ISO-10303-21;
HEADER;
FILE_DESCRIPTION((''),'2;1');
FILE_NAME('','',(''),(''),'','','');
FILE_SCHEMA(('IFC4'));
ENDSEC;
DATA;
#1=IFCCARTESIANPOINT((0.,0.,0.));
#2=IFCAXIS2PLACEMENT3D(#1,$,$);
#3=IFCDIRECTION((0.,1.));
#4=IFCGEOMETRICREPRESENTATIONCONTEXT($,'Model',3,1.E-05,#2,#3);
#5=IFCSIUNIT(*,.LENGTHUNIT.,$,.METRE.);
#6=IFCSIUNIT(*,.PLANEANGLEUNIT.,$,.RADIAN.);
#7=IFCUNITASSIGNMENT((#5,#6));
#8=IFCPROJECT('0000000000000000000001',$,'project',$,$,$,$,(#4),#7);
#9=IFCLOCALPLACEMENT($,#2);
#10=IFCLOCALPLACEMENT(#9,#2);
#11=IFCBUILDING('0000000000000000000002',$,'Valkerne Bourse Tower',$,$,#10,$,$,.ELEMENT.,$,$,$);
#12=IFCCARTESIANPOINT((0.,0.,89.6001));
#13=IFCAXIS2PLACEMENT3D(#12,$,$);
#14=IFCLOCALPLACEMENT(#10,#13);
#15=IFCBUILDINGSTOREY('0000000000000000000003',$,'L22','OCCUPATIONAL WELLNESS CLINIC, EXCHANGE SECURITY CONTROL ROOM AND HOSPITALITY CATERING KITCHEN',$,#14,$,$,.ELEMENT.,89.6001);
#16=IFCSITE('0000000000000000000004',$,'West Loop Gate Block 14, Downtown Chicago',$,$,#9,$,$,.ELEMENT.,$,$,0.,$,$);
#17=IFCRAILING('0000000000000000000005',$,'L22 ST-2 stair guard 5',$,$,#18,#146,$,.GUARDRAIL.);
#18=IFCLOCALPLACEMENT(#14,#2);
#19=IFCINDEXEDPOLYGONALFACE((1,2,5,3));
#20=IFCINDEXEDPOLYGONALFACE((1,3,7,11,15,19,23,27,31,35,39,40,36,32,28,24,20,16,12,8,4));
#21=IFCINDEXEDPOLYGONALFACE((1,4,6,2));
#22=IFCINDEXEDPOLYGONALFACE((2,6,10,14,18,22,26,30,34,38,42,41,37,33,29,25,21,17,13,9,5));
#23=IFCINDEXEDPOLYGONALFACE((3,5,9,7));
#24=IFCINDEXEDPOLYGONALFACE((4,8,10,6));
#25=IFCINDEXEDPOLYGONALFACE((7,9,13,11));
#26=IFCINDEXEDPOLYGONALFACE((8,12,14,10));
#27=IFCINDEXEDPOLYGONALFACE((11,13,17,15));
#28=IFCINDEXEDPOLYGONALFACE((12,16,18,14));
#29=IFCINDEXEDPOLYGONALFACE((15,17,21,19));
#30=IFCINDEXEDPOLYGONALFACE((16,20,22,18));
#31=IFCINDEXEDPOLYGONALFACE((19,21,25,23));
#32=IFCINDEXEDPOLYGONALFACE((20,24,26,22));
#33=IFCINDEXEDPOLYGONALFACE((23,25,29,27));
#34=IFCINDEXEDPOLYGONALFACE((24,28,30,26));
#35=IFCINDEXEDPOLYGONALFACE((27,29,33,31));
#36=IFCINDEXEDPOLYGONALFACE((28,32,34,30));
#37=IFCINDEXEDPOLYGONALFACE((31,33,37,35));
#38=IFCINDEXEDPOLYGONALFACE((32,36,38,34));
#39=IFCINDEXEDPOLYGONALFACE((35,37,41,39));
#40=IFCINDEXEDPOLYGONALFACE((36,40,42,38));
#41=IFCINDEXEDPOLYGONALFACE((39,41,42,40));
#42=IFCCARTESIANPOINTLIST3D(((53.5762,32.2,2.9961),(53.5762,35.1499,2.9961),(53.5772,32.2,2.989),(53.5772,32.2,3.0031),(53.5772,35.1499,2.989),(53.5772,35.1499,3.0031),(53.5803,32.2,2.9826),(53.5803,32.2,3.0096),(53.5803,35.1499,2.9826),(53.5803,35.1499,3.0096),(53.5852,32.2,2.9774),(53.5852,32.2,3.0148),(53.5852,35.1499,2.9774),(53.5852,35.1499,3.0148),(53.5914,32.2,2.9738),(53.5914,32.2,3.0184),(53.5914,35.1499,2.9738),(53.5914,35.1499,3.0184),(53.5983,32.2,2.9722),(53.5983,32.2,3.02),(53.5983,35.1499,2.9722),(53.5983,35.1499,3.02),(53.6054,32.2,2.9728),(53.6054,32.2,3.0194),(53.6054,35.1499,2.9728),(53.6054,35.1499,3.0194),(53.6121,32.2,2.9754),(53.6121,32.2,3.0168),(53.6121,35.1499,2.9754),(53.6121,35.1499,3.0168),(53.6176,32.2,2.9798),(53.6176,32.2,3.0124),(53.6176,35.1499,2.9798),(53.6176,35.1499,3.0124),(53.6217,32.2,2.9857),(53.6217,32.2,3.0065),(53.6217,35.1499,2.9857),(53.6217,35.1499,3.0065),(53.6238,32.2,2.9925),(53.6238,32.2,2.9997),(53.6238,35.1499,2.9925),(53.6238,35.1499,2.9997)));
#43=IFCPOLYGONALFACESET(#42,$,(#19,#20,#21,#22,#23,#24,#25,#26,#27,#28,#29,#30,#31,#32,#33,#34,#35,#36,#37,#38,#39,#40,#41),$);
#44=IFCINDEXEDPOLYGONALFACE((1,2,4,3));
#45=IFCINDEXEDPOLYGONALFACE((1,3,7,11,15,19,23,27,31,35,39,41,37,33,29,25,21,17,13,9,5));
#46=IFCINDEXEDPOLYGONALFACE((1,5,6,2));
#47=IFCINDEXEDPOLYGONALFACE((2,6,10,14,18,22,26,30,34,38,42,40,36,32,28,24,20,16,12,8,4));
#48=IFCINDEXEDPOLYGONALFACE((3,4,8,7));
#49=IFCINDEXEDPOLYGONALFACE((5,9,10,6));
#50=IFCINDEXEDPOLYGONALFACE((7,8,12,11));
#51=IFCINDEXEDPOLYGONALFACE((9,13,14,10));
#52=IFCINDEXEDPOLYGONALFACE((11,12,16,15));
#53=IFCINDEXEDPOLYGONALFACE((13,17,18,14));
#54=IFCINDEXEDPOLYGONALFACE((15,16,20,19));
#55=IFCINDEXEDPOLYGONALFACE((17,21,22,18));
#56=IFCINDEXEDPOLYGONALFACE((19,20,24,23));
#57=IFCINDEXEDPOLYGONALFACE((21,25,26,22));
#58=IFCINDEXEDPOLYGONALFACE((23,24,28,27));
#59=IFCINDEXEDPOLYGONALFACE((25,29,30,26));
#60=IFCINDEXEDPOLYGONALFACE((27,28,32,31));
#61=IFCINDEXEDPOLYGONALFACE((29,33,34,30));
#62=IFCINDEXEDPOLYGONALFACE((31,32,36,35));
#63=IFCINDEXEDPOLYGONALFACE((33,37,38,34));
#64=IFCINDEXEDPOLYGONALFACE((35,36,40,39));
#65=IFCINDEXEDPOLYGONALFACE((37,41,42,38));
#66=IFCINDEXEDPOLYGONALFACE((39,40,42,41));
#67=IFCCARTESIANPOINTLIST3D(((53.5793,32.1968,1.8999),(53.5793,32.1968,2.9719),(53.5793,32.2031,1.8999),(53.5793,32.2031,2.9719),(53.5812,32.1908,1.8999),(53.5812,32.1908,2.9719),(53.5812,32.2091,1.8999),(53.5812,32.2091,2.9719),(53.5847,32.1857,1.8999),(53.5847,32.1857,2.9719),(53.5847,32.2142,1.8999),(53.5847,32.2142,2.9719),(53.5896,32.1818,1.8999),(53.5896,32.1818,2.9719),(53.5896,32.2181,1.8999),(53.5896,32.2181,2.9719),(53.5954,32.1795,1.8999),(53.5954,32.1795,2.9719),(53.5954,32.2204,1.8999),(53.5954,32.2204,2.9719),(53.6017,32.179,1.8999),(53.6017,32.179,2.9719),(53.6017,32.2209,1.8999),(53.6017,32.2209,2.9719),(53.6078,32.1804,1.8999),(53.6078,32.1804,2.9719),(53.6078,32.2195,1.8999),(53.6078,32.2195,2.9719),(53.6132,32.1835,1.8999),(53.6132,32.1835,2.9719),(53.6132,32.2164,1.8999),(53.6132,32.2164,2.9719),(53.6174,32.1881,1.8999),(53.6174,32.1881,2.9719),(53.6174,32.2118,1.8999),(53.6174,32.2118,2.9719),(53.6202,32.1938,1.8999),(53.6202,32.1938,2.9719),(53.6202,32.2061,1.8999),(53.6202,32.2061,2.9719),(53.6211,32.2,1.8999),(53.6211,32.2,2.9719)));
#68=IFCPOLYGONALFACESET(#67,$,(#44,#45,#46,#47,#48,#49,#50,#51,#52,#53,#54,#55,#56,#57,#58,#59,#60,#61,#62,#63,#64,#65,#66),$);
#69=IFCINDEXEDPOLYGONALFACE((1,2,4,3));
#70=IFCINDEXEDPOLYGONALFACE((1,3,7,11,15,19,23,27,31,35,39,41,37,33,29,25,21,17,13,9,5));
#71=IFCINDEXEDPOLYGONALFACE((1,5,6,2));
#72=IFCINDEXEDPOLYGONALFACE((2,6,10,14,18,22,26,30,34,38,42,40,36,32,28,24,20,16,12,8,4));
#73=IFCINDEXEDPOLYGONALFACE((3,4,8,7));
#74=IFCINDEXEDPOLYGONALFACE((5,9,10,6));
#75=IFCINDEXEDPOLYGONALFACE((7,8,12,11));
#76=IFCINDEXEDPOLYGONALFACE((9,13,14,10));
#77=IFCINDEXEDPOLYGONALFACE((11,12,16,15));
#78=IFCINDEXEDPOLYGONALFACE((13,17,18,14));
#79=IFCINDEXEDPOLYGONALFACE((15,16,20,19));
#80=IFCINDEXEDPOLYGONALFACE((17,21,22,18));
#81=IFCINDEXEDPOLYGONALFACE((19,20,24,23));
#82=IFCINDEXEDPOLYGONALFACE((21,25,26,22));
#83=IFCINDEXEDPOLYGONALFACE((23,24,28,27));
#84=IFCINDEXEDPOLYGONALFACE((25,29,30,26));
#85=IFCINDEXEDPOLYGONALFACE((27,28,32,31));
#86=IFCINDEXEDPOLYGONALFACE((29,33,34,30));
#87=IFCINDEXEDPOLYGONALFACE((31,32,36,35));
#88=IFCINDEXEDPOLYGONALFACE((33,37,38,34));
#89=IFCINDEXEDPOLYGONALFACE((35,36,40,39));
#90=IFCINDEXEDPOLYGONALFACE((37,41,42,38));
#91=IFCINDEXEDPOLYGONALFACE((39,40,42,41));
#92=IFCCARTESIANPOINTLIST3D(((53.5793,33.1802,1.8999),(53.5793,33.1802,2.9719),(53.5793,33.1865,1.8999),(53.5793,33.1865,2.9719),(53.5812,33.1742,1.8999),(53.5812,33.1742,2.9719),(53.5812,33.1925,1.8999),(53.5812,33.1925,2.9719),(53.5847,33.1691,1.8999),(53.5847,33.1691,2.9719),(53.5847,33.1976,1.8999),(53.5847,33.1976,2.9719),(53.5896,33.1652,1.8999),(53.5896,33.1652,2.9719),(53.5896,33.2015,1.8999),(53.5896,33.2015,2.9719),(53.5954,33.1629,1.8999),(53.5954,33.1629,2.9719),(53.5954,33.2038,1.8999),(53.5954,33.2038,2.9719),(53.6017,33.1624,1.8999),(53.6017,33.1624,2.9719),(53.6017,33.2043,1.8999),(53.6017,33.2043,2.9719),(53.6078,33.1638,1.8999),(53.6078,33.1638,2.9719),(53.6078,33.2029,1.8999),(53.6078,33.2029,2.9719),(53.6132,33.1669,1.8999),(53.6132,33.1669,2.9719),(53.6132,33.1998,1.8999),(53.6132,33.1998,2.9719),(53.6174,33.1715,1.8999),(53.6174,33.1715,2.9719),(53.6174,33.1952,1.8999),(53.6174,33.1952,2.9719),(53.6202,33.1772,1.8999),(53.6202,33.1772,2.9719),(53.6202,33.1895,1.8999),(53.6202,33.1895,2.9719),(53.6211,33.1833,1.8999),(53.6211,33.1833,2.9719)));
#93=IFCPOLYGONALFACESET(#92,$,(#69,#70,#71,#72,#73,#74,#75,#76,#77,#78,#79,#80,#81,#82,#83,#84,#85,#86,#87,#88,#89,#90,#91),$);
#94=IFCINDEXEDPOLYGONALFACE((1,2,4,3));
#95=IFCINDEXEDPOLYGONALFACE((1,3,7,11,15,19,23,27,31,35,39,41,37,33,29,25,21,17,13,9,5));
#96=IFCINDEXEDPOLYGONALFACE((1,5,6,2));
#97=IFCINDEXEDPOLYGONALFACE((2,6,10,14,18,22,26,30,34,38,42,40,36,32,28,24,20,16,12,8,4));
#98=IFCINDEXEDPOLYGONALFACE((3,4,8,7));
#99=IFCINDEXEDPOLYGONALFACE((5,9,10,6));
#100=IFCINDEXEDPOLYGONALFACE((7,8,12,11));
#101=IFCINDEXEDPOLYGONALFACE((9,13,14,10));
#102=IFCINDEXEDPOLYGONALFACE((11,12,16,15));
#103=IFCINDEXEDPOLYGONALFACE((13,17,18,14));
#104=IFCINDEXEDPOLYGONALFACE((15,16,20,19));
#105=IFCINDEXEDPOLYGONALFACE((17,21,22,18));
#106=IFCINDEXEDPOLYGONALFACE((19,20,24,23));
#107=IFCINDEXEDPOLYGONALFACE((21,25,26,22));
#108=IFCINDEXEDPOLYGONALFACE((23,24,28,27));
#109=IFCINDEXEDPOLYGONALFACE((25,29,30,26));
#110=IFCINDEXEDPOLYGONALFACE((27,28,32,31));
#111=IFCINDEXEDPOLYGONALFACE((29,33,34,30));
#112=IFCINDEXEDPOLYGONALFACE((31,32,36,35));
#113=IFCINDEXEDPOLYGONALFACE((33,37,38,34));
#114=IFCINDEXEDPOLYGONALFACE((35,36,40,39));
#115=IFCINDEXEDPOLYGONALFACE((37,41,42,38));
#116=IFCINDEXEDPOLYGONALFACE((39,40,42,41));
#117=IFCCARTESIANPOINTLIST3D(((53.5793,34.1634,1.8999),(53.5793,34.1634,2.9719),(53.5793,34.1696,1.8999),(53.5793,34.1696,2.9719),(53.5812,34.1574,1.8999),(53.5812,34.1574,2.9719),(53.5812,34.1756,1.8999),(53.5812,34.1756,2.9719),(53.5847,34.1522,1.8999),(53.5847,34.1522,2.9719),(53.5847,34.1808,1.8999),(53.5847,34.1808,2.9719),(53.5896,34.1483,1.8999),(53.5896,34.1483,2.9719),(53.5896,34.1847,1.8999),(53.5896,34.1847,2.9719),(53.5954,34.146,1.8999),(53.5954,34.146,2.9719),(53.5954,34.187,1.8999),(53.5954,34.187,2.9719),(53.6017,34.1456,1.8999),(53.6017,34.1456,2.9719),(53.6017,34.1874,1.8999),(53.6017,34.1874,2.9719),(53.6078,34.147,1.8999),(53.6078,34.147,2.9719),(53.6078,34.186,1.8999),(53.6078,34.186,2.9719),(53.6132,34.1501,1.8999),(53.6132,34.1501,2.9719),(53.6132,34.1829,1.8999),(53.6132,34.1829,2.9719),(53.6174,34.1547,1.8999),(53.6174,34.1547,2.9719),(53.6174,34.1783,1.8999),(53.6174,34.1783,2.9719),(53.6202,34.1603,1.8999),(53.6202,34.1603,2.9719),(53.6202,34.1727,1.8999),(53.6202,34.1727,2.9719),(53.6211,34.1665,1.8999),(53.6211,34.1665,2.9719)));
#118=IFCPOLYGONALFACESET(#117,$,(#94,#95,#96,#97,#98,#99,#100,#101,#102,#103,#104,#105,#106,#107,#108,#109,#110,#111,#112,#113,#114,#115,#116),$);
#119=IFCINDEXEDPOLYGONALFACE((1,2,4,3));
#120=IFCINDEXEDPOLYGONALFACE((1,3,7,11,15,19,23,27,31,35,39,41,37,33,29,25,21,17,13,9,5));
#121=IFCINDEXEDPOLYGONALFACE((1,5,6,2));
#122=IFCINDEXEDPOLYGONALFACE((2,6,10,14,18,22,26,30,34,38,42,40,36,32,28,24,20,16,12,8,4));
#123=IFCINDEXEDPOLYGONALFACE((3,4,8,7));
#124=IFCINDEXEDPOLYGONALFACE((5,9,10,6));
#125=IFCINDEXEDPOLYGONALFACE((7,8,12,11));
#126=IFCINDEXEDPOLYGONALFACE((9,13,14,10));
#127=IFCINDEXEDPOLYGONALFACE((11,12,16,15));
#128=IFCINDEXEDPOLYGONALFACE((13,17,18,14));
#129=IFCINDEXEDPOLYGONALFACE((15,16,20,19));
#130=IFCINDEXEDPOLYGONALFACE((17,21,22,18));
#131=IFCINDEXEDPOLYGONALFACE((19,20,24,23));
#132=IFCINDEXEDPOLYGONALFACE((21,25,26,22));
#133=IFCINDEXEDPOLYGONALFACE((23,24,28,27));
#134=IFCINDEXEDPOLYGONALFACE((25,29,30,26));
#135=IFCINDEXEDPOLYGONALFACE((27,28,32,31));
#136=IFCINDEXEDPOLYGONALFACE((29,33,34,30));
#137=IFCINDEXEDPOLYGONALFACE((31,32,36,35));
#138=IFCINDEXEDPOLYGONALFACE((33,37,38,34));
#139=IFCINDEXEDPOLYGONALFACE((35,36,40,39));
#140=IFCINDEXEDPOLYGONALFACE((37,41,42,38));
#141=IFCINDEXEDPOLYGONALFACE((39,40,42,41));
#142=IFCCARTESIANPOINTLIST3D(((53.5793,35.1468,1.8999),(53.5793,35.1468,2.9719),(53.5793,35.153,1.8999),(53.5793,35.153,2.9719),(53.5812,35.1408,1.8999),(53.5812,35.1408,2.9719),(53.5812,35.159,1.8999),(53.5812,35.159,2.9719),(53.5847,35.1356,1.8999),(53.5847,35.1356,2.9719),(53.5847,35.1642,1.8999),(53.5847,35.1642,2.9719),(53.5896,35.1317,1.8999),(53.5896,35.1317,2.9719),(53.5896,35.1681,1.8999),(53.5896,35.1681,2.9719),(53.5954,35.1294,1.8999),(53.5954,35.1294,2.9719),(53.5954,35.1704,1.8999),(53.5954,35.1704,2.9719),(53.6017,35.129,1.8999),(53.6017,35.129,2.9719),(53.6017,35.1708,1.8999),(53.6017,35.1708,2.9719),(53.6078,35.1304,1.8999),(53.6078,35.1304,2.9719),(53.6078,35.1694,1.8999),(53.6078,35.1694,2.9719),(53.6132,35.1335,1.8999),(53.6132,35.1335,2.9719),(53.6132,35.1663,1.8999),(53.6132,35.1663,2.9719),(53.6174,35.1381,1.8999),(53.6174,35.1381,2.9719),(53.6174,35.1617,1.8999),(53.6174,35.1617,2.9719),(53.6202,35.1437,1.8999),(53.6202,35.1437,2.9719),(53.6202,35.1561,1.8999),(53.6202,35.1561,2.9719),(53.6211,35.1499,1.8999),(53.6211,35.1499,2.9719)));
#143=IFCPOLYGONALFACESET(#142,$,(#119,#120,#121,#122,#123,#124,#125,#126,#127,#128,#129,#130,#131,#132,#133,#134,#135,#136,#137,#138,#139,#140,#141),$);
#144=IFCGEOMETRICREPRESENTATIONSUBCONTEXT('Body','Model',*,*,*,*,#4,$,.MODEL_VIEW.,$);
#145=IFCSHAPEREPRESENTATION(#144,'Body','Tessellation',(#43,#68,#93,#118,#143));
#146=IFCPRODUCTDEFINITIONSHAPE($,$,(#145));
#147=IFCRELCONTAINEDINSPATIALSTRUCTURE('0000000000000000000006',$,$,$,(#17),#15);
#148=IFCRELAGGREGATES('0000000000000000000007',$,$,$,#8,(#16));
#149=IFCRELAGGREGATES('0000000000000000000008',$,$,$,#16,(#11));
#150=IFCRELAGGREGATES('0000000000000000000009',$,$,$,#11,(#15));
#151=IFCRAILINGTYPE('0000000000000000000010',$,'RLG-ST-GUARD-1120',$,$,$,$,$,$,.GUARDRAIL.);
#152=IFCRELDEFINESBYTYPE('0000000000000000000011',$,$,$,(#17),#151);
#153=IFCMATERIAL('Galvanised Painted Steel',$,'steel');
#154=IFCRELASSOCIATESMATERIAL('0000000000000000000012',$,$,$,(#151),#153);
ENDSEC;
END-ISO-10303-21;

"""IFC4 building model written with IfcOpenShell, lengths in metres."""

from ifc_helpers import new_model, si_unit, direction, frame, origin, origin_2d, place, context, subcontext, project, spatial, circle, extrude, material, type_object, element, save


model = new_model("IFC4")

# Units and contexts
model_context = context("Model", 3, precision=1e-05, world=origin(), true_north=direction((0.0, 1.0)))
body_context = subcontext(model_context, "Body", "Model", "MODEL_VIEW")
ifc_project = project(units=[si_unit("LENGTHUNIT", "METRE"), si_unit("PLANEANGLEUNIT", "RADIAN")], contexts=[model_context])

# Site, building, storey
site_placement = place(None, origin())
site = spatial("IfcSite", under=ifc_project, at=site_placement, Name="West Loop Gate Block 14, Downtown Chicago", CompositionType="ELEMENT", RefElevation=0.0)
building_placement = place(site_placement, origin())
building = spatial("IfcBuilding", under=site, at=building_placement, Name="Valkerne Bourse Tower", CompositionType="ELEMENT")
storey_placement = place(building_placement, frame((0.0, 0.0, 89.6001)))
storey = spatial("IfcBuildingStorey", under=building, at=storey_placement, Name="L22", Description="OCCUPATIONAL WELLNESS CLINIC, EXCHANGE SECURITY CONTROL ROOM AND HOSPITALITY CATERING KITCHEN", CompositionType="ELEMENT", Elevation=89.6001)

# Railing
ifc_material_1 = material(Name="Galvanised Painted Steel", Category="steel")
railing_type_1 = type_object("IfcRailingType", Name="RLG-ST-GUARD-1120", PredefinedType="GUARDRAIL", material=ifc_material_1)
railing_1_placement = place(storey_placement, frame((53.6001, 32.2, 1.8999)))
element("IfcRailing", 1, at=railing_1_placement, inside=storey, type_object=railing_type_1, Name="L22 ST-2 stair guard 5", PredefinedType="GUARDRAIL", context=body_context, shape_type="SweptSolid", body=[
    extrude(circle(Radius=0.0239, at=origin_2d()), frame((0.0, 0.0, 1.0962), z_axis=(0.0, 1.0, 0.0), x_axis=(-1.0, 0.0, 0.0)), (0.0, 0.0, 1.0), 2.95),
    extrude(circle(Radius=0.021, at=origin_2d()), origin(), (0.0, 0.0, 1.0), 1.072),
    extrude(circle(Radius=0.021, at=origin_2d()), frame((0.0, 0.9834, 0.0)), (0.0, 0.0, 1.0), 1.072),
    extrude(circle(Radius=0.021, at=origin_2d()), frame((0.0, 1.9666, 0.0)), (0.0, 0.0, 1.0), 1.072),
    extrude(circle(Radius=0.021, at=origin_2d()), frame((0.0, 2.95, 0.0)), (0.0, 0.0, 1.0), 1.072),
])

save(model, "model.ifc")
